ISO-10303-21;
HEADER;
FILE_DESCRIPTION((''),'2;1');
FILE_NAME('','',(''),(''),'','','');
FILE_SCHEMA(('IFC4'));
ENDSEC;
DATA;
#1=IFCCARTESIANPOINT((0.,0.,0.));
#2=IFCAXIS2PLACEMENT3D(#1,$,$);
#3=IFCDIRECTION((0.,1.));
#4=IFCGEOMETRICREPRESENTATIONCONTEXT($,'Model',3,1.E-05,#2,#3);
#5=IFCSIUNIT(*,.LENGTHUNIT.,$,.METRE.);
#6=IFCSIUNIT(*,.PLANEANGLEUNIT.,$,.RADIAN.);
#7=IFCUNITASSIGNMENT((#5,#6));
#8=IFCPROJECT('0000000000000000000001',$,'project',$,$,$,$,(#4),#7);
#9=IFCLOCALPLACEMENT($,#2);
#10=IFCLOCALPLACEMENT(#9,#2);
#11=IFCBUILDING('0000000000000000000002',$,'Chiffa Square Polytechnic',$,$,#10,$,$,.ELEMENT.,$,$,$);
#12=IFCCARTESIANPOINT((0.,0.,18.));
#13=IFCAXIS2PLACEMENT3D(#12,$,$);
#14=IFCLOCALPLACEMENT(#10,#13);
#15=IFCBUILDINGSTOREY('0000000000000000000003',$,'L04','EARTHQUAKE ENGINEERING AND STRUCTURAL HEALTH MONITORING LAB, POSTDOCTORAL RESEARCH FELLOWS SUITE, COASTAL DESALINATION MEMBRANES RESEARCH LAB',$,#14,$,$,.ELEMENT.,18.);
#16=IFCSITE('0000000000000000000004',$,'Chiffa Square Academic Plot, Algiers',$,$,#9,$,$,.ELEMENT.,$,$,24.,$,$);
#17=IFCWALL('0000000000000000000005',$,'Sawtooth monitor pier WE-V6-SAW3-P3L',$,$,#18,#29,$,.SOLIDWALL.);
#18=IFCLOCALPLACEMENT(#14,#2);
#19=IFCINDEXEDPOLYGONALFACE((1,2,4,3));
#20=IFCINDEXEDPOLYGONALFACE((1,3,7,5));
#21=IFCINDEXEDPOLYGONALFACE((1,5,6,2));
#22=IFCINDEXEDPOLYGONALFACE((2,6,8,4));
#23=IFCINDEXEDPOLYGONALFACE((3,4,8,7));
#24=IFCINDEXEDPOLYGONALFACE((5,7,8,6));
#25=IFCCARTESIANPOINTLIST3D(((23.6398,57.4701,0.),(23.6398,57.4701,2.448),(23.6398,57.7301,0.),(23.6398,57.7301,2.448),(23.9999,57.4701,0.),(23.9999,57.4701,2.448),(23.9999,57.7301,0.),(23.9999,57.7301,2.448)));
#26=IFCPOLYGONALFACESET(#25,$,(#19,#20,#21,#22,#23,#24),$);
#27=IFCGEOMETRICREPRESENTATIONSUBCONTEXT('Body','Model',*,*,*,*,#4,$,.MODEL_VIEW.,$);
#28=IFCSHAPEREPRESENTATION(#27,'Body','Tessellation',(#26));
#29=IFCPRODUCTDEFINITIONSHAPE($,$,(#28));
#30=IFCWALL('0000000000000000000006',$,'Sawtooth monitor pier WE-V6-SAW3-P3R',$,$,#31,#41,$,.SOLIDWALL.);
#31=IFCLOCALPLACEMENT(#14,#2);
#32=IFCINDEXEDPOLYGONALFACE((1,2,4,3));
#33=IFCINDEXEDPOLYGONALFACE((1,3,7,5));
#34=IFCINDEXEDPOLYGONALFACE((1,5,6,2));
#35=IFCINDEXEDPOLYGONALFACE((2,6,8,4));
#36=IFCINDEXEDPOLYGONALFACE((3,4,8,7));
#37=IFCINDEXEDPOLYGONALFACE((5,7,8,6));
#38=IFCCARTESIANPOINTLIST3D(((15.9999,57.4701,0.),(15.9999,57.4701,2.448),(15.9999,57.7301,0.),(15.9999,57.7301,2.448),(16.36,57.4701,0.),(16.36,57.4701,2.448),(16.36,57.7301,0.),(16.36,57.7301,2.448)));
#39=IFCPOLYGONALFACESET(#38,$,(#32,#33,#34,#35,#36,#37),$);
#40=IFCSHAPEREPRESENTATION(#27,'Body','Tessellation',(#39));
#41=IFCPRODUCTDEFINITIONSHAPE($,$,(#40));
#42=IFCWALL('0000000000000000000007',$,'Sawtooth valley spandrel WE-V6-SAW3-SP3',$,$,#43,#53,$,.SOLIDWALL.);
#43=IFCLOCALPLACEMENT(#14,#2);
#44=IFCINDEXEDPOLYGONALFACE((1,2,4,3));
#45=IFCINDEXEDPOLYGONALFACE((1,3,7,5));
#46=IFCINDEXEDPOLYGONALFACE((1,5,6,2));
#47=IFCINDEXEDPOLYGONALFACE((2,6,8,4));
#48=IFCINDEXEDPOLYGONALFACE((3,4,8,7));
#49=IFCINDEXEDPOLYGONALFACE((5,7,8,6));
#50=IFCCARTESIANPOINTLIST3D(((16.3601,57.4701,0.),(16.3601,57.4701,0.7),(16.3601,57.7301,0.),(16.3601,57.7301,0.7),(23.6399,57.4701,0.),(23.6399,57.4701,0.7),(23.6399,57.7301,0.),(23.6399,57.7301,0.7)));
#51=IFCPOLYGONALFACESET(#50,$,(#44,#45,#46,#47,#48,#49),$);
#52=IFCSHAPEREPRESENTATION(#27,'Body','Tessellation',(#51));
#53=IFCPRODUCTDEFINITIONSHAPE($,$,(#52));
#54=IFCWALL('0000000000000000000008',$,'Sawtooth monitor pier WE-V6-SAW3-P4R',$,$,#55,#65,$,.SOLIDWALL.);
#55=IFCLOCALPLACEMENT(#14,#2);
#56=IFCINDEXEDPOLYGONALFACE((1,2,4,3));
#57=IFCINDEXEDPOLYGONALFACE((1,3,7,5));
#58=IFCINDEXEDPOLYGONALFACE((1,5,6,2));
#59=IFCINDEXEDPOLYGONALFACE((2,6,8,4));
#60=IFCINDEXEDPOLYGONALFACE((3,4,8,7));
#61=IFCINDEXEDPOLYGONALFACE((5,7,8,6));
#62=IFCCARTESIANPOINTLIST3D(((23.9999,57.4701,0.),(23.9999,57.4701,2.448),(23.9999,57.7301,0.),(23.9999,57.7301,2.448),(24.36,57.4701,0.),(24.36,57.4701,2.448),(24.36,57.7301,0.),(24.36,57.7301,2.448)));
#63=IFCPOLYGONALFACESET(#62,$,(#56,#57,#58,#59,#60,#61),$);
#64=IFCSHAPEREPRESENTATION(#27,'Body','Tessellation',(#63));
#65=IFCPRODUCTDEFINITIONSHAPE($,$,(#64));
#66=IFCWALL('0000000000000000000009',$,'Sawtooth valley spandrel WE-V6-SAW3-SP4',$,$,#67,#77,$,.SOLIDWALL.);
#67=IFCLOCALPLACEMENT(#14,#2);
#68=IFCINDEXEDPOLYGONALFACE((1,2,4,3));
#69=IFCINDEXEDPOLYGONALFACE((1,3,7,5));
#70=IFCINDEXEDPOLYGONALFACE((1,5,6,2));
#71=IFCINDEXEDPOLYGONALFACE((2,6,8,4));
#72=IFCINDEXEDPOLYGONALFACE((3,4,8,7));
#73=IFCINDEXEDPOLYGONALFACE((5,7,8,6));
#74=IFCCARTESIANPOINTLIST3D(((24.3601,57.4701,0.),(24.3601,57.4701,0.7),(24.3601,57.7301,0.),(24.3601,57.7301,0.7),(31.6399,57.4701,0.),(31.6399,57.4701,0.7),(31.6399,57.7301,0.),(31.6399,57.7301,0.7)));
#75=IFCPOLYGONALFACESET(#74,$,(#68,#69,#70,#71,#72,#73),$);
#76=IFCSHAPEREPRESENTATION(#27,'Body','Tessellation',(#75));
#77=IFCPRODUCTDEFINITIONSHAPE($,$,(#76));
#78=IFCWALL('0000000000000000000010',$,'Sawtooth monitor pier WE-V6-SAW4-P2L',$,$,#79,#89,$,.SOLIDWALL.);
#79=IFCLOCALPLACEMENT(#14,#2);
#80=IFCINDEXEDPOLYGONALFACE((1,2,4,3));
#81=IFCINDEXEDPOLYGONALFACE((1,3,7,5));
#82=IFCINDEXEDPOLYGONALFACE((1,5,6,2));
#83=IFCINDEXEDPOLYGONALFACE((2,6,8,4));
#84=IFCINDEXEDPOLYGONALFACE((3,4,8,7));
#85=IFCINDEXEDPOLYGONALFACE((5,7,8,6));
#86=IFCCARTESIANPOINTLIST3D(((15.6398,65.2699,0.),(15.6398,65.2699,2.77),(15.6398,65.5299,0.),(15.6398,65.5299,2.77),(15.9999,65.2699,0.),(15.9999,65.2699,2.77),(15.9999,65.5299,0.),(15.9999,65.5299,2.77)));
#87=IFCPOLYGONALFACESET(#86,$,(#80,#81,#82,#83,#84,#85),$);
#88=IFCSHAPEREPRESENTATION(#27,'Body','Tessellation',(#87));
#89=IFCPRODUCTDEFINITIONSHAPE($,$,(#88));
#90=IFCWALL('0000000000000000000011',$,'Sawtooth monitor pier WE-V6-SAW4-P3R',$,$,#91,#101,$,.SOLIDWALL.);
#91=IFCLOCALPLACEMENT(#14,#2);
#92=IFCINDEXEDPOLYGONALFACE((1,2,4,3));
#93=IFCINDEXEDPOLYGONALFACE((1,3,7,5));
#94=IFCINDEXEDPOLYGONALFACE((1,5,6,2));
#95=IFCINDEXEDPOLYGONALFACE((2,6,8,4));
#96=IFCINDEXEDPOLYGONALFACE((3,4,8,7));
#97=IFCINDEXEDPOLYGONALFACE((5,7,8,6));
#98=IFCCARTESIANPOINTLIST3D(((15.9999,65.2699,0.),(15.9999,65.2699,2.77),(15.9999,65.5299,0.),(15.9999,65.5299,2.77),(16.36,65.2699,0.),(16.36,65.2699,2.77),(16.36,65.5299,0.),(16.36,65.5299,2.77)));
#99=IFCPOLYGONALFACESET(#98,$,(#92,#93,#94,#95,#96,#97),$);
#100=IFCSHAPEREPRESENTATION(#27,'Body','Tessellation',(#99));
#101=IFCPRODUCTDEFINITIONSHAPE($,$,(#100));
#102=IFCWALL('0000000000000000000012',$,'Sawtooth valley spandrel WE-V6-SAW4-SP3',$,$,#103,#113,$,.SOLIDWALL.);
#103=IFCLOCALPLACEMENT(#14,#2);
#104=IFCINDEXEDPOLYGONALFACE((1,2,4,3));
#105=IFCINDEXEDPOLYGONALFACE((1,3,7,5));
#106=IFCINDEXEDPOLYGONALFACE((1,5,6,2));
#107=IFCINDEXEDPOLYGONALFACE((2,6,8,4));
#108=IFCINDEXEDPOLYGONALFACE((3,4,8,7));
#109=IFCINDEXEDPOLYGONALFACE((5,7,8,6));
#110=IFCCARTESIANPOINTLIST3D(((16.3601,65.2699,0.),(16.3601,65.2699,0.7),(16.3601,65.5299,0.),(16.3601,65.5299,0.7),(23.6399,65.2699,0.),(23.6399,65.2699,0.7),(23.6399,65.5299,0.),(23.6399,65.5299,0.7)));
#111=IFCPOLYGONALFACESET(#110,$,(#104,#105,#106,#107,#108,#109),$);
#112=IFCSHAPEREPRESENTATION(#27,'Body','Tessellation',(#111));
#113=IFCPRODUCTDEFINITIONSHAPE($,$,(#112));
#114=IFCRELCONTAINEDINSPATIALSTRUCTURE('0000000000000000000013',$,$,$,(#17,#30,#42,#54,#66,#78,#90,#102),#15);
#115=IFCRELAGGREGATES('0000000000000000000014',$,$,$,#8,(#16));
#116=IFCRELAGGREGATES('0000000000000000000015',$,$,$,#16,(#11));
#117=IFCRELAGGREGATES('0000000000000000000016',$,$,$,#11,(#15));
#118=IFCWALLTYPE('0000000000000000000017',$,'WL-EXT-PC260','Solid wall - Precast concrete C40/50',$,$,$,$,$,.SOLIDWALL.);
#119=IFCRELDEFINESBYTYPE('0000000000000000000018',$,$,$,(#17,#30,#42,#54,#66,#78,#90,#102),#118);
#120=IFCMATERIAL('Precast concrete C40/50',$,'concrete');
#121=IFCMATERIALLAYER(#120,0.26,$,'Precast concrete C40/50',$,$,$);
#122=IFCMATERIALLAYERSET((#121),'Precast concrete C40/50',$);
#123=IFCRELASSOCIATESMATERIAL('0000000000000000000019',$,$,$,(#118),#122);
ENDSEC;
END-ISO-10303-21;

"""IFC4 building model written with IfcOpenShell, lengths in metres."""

from ifc_helpers import new_model, si_unit, direction, frame, frame_2d, origin, place, context, subcontext, project, spatial, rectangle, extrude, material, layer, layer_set, type_object, element, save


model = new_model("IFC4")

# Units and contexts
model_context = context("Model", 3, precision=1e-05, world=origin(), true_north=direction((0.0, 1.0)))
body_context = subcontext(model_context, "Body", "Model", "MODEL_VIEW")
ifc_project = project(units=[si_unit("LENGTHUNIT", "METRE"), si_unit("PLANEANGLEUNIT", "RADIAN")], contexts=[model_context])

# Site, building, storey
site_placement = place(None, origin())
site = spatial("IfcSite", under=ifc_project, at=site_placement, Name="Chiffa Square Academic Plot, Algiers", CompositionType="ELEMENT", RefElevation=24.0)
building_placement = place(site_placement, origin())
building = spatial("IfcBuilding", under=site, at=building_placement, Name="Chiffa Square Polytechnic", CompositionType="ELEMENT")
storey_placement = place(building_placement, frame((0.0, 0.0, 18.0)))
storey = spatial("IfcBuildingStorey", under=building, at=storey_placement, Name="L04", Description="EARTHQUAKE ENGINEERING AND STRUCTURAL HEALTH MONITORING LAB, POSTDOCTORAL RESEARCH FELLOWS SUITE, COASTAL DESALINATION MEMBRANES RESEARCH LAB", CompositionType="ELEMENT", Elevation=18.0)

# Walls
ifc_material_1 = material(Name="Precast concrete C40/50", Category="concrete")
ifc_layer_1 = layer(ifc_material_1, 0.26, Name="Precast concrete C40/50")
ifc_layer_set_1 = layer_set([ifc_layer_1], Name="Precast concrete C40/50")
wall_type = type_object("IfcWallType", Name="WL-EXT-PC260", Description="Solid wall - Precast concrete C40/50", PredefinedType="SOLIDWALL", material=ifc_layer_set_1)
for number, where, z_axis, x_axis, name in (
    (1, (24.0, 57.6001, 0.0), (0.0, 0.0, 1.0), (-1.0, 0.0, 0.0), "Sawtooth monitor pier WE-V6-SAW3-P3L"),
    (2, (16.3601, 57.6001, 0.0), (0.0, 0.0, 1.0), (-1.0, 0.0, 0.0), "Sawtooth monitor pier WE-V6-SAW3-P3R"),
):
    element("IfcWall", number, at=place(storey_placement, frame(where, z_axis=z_axis, x_axis=x_axis)), inside=storey, type_object=wall_type, Name=name, PredefinedType="SOLIDWALL", context=body_context, shape_type="SweptSolid", body=[
        extrude(rectangle(XDim=0.3601, YDim=0.26, at=frame_2d((0.1802, 0.0))), origin(), (0.0, 0.0, 1.0), 2.448),
    ])
wall_1_placement = place(storey_placement, frame((16.3601, 57.6001, 0.0), z_axis=(0.0, 0.0, 1.0), x_axis=(1.0, 0.0, 0.0)))
element("IfcWall", 3, at=wall_1_placement, inside=storey, type_object=wall_type, Name="Sawtooth valley spandrel WE-V6-SAW3-SP3", PredefinedType="SOLIDWALL", context=body_context, shape_type="SweptSolid", body=[
    extrude(rectangle(XDim=7.2798, YDim=0.26, at=frame_2d((3.6399, 0.0))), origin(), (0.0, 0.0, 1.0), 0.7),
])
wall_2_placement = place(storey_placement, frame((24.3601, 57.6001, 0.0), z_axis=(0.0, 0.0, 1.0), x_axis=(-1.0, 0.0, 0.0)))
element("IfcWall", 4, at=wall_2_placement, inside=storey, type_object=wall_type, Name="Sawtooth monitor pier WE-V6-SAW3-P4R", PredefinedType="SOLIDWALL", context=body_context, shape_type="SweptSolid", body=[
    extrude(rectangle(XDim=0.3601, YDim=0.26, at=frame_2d((0.1802, 0.0))), origin(), (0.0, 0.0, 1.0), 2.448),
])
wall_3_placement = place(storey_placement, frame((24.3601, 57.6001, 0.0), z_axis=(0.0, 0.0, 1.0), x_axis=(1.0, 0.0, 0.0)))
element("IfcWall", 5, at=wall_3_placement, inside=storey, type_object=wall_type, Name="Sawtooth valley spandrel WE-V6-SAW3-SP4", PredefinedType="SOLIDWALL", context=body_context, shape_type="SweptSolid", body=[
    extrude(rectangle(XDim=7.2798, YDim=0.26, at=frame_2d((3.6399, 0.0))), origin(), (0.0, 0.0, 1.0), 0.7),
])
for number, where, z_axis, x_axis, name in (
    (6, (16.0, 65.3999, 0.0), (0.0, 0.0, 1.0), (-1.0, 0.0, 0.0), "Sawtooth monitor pier WE-V6-SAW4-P2L"),
    (7, (16.3601, 65.3999, 0.0), (0.0, 0.0, 1.0), (-1.0, 0.0, 0.0), "Sawtooth monitor pier WE-V6-SAW4-P3R"),
):
    element("IfcWall", number, at=place(storey_placement, frame(where, z_axis=z_axis, x_axis=x_axis)), inside=storey, type_object=wall_type, Name=name, PredefinedType="SOLIDWALL", context=body_context, shape_type="SweptSolid", body=[
        extrude(rectangle(XDim=0.3601, YDim=0.26, at=frame_2d((0.1802, 0.0))), origin(), (0.0, 0.0, 1.0), 2.77),
    ])
wall_4_placement = place(storey_placement, frame((16.3601, 65.3999, 0.0), z_axis=(0.0, 0.0, 1.0), x_axis=(1.0, 0.0, 0.0)))
element("IfcWall", 8, at=wall_4_placement, inside=storey, type_object=wall_type, Name="Sawtooth valley spandrel WE-V6-SAW4-SP3", PredefinedType="SOLIDWALL", context=body_context, shape_type="SweptSolid", body=[
    extrude(rectangle(XDim=7.2798, YDim=0.26, at=frame_2d((3.6399, 0.0))), origin(), (0.0, 0.0, 1.0), 0.7),
])

save(model, "model.ifc")
